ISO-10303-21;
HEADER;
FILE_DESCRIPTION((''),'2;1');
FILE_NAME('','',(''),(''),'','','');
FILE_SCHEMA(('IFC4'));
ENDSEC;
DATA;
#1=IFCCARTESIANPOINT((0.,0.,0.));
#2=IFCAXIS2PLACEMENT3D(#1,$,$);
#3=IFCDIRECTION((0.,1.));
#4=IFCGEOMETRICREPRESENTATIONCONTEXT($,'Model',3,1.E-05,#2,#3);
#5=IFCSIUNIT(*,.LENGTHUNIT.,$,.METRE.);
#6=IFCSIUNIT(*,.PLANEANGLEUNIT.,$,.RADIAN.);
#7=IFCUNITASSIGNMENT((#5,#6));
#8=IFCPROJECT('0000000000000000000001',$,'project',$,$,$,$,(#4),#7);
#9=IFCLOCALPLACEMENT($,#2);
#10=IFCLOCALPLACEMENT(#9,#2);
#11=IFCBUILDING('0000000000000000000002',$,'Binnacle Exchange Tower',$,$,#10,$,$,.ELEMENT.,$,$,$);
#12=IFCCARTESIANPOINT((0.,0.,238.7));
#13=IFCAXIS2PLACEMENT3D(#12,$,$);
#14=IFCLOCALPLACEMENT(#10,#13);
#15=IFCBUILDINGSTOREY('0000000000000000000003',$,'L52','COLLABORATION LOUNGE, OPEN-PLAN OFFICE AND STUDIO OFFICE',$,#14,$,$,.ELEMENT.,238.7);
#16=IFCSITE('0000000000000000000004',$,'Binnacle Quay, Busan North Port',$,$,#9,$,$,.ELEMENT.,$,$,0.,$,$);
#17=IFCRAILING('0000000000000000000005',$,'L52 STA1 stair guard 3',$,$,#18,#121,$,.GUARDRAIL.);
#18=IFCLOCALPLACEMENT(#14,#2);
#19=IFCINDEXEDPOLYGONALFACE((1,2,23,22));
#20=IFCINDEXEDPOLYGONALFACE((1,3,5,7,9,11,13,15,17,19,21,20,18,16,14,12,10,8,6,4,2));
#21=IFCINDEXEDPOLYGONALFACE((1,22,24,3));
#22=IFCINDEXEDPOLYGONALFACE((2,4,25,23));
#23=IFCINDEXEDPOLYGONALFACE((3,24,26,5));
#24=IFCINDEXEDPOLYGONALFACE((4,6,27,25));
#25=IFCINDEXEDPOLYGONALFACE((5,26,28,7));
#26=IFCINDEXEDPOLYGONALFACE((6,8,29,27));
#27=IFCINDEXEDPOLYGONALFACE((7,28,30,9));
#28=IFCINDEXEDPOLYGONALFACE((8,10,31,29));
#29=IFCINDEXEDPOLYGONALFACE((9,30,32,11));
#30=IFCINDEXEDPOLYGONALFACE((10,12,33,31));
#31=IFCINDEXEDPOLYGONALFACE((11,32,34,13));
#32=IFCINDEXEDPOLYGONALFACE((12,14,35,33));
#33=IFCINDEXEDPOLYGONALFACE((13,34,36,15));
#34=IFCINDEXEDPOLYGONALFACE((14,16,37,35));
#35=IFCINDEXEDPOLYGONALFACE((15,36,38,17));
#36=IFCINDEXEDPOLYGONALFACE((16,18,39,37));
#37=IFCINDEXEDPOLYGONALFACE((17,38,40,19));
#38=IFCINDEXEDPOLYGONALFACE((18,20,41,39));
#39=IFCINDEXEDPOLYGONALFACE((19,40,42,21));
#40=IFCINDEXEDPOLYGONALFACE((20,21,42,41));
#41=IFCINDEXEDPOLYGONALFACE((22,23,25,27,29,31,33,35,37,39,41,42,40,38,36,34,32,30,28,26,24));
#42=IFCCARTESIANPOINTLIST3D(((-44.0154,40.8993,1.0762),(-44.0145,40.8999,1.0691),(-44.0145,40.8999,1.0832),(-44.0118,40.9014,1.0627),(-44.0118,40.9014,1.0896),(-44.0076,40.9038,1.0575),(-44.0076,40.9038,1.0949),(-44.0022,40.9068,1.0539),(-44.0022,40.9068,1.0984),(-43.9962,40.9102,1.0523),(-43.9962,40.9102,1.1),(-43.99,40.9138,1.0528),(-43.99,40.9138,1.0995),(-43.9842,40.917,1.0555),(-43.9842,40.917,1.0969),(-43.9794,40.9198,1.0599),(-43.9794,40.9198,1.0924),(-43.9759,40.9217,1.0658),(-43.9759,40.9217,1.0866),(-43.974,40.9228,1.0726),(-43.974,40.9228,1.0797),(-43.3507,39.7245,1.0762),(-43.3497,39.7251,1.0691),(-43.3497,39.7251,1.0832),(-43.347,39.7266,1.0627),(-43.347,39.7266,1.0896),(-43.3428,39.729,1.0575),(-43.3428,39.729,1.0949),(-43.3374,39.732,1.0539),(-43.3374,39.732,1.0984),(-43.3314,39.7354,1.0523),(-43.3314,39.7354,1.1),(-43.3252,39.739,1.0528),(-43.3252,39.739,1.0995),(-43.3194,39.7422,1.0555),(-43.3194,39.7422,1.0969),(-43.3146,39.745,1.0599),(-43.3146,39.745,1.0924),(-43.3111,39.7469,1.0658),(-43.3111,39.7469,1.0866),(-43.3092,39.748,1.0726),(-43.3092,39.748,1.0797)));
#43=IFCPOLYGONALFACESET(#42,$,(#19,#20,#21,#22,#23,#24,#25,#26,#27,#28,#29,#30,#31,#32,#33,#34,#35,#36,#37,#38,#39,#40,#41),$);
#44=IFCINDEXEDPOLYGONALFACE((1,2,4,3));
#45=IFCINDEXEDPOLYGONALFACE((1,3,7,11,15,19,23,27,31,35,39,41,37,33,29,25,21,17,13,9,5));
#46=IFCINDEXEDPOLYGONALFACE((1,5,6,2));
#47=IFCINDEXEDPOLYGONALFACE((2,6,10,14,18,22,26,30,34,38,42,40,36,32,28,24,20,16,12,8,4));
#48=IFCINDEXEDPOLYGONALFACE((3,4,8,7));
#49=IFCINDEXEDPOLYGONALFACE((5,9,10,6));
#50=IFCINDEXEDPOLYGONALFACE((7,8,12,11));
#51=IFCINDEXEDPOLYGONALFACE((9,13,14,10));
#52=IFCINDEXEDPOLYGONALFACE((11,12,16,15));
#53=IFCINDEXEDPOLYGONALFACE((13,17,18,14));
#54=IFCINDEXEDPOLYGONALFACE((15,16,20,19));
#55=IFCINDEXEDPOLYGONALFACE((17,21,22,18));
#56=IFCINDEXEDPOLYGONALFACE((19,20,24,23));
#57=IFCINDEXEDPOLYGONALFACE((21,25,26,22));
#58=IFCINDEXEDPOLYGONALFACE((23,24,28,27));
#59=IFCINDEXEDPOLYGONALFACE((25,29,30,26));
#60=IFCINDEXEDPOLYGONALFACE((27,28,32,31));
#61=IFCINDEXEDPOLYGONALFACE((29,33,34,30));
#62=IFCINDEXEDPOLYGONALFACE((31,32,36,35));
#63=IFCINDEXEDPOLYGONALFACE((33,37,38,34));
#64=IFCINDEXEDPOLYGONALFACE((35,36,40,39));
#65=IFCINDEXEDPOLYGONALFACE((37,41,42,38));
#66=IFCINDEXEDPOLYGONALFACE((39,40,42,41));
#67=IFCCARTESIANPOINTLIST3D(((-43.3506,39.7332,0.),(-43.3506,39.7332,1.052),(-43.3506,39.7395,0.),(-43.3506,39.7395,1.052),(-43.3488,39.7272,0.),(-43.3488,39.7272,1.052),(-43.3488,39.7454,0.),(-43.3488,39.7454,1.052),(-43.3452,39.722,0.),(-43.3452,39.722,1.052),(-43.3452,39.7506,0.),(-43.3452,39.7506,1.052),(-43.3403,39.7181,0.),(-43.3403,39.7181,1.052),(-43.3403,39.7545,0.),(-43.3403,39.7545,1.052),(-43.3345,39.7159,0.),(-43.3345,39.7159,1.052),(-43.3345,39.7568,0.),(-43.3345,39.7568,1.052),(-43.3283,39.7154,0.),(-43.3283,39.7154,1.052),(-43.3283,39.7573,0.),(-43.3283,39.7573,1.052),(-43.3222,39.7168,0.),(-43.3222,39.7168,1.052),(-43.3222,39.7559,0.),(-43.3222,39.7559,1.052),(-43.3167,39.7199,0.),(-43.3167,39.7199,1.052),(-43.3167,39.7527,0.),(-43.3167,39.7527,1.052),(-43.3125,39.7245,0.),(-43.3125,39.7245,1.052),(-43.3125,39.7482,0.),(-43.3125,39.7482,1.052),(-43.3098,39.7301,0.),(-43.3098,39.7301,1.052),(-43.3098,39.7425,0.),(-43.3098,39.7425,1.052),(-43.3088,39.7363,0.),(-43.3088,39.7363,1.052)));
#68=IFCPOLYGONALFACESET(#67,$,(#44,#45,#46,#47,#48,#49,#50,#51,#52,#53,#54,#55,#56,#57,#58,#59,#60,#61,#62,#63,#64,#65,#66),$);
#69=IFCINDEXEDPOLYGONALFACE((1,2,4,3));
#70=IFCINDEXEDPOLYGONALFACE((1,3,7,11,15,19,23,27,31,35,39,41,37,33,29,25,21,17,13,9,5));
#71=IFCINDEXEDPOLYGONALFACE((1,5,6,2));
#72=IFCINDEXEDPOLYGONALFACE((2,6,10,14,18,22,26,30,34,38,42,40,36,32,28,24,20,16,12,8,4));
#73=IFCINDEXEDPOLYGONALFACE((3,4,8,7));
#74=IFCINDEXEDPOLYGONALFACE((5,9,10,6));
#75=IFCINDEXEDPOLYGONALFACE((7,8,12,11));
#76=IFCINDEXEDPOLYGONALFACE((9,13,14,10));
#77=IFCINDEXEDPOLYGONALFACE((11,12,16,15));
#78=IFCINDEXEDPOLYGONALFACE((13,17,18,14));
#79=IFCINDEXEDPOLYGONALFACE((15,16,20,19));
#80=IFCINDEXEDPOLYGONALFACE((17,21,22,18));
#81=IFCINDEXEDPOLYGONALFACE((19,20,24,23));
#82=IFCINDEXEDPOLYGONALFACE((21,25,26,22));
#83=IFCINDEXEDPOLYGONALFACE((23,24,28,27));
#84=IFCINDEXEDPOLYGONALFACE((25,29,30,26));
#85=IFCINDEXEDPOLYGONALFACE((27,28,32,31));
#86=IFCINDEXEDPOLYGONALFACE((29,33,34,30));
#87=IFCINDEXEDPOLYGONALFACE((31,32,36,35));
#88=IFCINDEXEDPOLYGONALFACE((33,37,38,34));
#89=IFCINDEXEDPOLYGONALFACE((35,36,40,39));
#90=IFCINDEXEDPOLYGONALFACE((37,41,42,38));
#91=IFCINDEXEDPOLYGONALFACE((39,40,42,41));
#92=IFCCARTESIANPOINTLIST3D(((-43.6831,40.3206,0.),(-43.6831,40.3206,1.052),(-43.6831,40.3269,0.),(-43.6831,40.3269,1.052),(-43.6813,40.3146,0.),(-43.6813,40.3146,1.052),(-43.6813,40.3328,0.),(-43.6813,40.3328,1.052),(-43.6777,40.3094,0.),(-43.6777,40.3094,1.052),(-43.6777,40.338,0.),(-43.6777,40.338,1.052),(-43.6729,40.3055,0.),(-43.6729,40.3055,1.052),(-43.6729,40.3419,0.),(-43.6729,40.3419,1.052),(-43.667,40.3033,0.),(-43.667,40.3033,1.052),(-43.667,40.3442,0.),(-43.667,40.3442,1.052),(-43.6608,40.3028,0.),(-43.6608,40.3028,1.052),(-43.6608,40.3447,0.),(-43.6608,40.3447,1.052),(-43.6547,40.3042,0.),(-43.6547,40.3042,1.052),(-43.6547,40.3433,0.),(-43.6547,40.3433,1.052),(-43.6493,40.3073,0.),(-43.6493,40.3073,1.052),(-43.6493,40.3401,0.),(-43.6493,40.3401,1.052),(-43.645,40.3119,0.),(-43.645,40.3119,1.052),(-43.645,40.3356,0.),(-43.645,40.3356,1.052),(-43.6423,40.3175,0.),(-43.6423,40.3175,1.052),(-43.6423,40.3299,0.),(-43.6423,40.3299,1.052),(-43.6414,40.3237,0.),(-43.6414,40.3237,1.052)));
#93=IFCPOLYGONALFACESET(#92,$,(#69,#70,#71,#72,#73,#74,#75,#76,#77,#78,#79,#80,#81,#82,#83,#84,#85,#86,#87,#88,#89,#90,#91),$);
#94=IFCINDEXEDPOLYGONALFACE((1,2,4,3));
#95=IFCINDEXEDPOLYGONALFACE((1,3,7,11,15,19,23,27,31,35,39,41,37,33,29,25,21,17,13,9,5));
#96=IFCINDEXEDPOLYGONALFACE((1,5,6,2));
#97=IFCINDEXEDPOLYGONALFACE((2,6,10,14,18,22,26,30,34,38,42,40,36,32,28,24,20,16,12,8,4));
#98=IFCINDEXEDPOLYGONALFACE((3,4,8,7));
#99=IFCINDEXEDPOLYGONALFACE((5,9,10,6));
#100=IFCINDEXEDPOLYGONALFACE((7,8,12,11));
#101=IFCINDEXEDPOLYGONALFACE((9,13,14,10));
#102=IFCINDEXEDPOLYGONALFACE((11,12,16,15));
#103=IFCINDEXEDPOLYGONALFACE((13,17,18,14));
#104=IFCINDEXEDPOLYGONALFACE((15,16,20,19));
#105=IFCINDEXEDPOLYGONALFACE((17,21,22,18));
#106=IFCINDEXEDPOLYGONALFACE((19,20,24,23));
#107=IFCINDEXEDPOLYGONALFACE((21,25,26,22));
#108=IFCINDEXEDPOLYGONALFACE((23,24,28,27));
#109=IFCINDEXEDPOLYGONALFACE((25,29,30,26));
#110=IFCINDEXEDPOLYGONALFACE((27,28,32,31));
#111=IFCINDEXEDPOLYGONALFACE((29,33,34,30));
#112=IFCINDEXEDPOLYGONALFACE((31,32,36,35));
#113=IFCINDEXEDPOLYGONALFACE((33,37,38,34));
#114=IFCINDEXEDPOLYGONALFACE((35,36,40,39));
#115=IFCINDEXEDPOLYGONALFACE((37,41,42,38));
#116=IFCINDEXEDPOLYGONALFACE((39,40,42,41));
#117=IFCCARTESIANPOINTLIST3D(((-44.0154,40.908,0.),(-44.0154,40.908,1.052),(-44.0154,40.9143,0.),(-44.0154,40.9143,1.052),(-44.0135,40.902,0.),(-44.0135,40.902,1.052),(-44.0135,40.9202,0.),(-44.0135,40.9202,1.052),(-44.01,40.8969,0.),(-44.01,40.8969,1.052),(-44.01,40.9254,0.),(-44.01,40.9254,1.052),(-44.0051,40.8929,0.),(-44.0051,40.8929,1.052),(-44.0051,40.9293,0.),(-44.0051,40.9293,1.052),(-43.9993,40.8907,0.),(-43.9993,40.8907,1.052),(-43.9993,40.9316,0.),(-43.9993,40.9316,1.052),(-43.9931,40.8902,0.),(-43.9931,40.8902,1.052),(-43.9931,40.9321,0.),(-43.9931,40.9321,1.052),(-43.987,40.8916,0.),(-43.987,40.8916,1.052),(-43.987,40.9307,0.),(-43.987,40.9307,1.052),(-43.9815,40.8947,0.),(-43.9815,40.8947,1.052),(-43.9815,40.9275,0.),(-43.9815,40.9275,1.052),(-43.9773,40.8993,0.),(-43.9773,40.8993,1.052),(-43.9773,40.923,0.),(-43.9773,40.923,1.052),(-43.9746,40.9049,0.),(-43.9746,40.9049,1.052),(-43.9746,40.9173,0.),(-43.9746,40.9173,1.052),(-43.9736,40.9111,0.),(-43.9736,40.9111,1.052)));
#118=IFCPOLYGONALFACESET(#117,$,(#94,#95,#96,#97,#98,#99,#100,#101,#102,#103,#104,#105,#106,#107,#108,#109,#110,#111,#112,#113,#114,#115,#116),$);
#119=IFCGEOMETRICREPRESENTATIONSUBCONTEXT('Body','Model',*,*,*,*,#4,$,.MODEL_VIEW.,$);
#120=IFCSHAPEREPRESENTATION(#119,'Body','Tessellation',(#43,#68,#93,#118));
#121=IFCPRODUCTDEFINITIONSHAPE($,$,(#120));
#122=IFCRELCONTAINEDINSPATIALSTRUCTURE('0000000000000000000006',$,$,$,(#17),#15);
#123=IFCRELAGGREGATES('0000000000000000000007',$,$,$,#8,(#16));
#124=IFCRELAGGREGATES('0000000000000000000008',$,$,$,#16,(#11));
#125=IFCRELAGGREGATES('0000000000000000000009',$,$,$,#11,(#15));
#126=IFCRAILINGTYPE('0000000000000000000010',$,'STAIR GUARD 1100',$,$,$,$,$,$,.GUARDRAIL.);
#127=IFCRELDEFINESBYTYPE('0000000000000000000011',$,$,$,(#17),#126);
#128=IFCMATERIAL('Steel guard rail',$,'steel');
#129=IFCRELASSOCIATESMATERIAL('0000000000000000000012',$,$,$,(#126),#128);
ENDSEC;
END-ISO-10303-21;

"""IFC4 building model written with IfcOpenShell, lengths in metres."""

from ifc_helpers import new_model, si_unit, direction, frame, origin, origin_2d, place, context, subcontext, project, spatial, circle, extrude, material, type_object, element, save


model = new_model("IFC4")

# Units and contexts
model_context = context("Model", 3, precision=1e-05, world=origin(), true_north=direction((0.0, 1.0)))
body_context = subcontext(model_context, "Body", "Model", "MODEL_VIEW")
ifc_project = project(units=[si_unit("LENGTHUNIT", "METRE"), si_unit("PLANEANGLEUNIT", "RADIAN")], contexts=[model_context])

# Site, building, storey
site_placement = place(None, origin())
site = spatial("IfcSite", under=ifc_project, at=site_placement, Name="Binnacle Quay, Busan North Port", CompositionType="ELEMENT", RefElevation=0.0)
building_placement = place(site_placement, origin())
building = spatial("IfcBuilding", under=site, at=building_placement, Name="Binnacle Exchange Tower", CompositionType="ELEMENT")
storey_placement = place(building_placement, frame((0.0, 0.0, 238.7)))
storey = spatial("IfcBuildingStorey", under=building, at=storey_placement, Name="L52", Description="COLLABORATION LOUNGE, OPEN-PLAN OFFICE AND STUDIO OFFICE", CompositionType="ELEMENT", Elevation=238.7)

# Railing
ifc_material_1 = material(Name="Steel guard rail", Category="steel")
railing_type = type_object("IfcRailingType", Name="STAIR GUARD 1100", PredefinedType="GUARDRAIL", material=ifc_material_1)
railing_1_placement = place(storey_placement, frame((-43.3298, 39.7363, 0.0)))
element("IfcRailing", 1, at=railing_1_placement, inside=storey, type_object=railing_type, Name="L52 STA1 stair guard 3", PredefinedType="GUARDRAIL", context=body_context, shape_type="SweptSolid", body=[
    extrude(circle(Radius=0.0239, at=origin_2d()), frame((0.0, 0.0, 1.0762), z_axis=(-0.492492, 0.870317, 0.0), x_axis=(-0.870317, -0.492492, 0.0)), (0.0, 0.0, 1.0), 1.3499),
    extrude(circle(Radius=0.021, at=origin_2d()), origin(), (0.0, 0.0, 1.0), 1.052),
    extrude(circle(Radius=0.021, at=origin_2d()), frame((-0.3325, 0.5874, 0.0)), (0.0, 0.0, 1.0), 1.052),
    extrude(circle(Radius=0.021, at=origin_2d()), frame((-0.6648, 1.1748, 0.0)), (0.0, 0.0, 1.0), 1.052),
])

save(model, "model.ifc")
